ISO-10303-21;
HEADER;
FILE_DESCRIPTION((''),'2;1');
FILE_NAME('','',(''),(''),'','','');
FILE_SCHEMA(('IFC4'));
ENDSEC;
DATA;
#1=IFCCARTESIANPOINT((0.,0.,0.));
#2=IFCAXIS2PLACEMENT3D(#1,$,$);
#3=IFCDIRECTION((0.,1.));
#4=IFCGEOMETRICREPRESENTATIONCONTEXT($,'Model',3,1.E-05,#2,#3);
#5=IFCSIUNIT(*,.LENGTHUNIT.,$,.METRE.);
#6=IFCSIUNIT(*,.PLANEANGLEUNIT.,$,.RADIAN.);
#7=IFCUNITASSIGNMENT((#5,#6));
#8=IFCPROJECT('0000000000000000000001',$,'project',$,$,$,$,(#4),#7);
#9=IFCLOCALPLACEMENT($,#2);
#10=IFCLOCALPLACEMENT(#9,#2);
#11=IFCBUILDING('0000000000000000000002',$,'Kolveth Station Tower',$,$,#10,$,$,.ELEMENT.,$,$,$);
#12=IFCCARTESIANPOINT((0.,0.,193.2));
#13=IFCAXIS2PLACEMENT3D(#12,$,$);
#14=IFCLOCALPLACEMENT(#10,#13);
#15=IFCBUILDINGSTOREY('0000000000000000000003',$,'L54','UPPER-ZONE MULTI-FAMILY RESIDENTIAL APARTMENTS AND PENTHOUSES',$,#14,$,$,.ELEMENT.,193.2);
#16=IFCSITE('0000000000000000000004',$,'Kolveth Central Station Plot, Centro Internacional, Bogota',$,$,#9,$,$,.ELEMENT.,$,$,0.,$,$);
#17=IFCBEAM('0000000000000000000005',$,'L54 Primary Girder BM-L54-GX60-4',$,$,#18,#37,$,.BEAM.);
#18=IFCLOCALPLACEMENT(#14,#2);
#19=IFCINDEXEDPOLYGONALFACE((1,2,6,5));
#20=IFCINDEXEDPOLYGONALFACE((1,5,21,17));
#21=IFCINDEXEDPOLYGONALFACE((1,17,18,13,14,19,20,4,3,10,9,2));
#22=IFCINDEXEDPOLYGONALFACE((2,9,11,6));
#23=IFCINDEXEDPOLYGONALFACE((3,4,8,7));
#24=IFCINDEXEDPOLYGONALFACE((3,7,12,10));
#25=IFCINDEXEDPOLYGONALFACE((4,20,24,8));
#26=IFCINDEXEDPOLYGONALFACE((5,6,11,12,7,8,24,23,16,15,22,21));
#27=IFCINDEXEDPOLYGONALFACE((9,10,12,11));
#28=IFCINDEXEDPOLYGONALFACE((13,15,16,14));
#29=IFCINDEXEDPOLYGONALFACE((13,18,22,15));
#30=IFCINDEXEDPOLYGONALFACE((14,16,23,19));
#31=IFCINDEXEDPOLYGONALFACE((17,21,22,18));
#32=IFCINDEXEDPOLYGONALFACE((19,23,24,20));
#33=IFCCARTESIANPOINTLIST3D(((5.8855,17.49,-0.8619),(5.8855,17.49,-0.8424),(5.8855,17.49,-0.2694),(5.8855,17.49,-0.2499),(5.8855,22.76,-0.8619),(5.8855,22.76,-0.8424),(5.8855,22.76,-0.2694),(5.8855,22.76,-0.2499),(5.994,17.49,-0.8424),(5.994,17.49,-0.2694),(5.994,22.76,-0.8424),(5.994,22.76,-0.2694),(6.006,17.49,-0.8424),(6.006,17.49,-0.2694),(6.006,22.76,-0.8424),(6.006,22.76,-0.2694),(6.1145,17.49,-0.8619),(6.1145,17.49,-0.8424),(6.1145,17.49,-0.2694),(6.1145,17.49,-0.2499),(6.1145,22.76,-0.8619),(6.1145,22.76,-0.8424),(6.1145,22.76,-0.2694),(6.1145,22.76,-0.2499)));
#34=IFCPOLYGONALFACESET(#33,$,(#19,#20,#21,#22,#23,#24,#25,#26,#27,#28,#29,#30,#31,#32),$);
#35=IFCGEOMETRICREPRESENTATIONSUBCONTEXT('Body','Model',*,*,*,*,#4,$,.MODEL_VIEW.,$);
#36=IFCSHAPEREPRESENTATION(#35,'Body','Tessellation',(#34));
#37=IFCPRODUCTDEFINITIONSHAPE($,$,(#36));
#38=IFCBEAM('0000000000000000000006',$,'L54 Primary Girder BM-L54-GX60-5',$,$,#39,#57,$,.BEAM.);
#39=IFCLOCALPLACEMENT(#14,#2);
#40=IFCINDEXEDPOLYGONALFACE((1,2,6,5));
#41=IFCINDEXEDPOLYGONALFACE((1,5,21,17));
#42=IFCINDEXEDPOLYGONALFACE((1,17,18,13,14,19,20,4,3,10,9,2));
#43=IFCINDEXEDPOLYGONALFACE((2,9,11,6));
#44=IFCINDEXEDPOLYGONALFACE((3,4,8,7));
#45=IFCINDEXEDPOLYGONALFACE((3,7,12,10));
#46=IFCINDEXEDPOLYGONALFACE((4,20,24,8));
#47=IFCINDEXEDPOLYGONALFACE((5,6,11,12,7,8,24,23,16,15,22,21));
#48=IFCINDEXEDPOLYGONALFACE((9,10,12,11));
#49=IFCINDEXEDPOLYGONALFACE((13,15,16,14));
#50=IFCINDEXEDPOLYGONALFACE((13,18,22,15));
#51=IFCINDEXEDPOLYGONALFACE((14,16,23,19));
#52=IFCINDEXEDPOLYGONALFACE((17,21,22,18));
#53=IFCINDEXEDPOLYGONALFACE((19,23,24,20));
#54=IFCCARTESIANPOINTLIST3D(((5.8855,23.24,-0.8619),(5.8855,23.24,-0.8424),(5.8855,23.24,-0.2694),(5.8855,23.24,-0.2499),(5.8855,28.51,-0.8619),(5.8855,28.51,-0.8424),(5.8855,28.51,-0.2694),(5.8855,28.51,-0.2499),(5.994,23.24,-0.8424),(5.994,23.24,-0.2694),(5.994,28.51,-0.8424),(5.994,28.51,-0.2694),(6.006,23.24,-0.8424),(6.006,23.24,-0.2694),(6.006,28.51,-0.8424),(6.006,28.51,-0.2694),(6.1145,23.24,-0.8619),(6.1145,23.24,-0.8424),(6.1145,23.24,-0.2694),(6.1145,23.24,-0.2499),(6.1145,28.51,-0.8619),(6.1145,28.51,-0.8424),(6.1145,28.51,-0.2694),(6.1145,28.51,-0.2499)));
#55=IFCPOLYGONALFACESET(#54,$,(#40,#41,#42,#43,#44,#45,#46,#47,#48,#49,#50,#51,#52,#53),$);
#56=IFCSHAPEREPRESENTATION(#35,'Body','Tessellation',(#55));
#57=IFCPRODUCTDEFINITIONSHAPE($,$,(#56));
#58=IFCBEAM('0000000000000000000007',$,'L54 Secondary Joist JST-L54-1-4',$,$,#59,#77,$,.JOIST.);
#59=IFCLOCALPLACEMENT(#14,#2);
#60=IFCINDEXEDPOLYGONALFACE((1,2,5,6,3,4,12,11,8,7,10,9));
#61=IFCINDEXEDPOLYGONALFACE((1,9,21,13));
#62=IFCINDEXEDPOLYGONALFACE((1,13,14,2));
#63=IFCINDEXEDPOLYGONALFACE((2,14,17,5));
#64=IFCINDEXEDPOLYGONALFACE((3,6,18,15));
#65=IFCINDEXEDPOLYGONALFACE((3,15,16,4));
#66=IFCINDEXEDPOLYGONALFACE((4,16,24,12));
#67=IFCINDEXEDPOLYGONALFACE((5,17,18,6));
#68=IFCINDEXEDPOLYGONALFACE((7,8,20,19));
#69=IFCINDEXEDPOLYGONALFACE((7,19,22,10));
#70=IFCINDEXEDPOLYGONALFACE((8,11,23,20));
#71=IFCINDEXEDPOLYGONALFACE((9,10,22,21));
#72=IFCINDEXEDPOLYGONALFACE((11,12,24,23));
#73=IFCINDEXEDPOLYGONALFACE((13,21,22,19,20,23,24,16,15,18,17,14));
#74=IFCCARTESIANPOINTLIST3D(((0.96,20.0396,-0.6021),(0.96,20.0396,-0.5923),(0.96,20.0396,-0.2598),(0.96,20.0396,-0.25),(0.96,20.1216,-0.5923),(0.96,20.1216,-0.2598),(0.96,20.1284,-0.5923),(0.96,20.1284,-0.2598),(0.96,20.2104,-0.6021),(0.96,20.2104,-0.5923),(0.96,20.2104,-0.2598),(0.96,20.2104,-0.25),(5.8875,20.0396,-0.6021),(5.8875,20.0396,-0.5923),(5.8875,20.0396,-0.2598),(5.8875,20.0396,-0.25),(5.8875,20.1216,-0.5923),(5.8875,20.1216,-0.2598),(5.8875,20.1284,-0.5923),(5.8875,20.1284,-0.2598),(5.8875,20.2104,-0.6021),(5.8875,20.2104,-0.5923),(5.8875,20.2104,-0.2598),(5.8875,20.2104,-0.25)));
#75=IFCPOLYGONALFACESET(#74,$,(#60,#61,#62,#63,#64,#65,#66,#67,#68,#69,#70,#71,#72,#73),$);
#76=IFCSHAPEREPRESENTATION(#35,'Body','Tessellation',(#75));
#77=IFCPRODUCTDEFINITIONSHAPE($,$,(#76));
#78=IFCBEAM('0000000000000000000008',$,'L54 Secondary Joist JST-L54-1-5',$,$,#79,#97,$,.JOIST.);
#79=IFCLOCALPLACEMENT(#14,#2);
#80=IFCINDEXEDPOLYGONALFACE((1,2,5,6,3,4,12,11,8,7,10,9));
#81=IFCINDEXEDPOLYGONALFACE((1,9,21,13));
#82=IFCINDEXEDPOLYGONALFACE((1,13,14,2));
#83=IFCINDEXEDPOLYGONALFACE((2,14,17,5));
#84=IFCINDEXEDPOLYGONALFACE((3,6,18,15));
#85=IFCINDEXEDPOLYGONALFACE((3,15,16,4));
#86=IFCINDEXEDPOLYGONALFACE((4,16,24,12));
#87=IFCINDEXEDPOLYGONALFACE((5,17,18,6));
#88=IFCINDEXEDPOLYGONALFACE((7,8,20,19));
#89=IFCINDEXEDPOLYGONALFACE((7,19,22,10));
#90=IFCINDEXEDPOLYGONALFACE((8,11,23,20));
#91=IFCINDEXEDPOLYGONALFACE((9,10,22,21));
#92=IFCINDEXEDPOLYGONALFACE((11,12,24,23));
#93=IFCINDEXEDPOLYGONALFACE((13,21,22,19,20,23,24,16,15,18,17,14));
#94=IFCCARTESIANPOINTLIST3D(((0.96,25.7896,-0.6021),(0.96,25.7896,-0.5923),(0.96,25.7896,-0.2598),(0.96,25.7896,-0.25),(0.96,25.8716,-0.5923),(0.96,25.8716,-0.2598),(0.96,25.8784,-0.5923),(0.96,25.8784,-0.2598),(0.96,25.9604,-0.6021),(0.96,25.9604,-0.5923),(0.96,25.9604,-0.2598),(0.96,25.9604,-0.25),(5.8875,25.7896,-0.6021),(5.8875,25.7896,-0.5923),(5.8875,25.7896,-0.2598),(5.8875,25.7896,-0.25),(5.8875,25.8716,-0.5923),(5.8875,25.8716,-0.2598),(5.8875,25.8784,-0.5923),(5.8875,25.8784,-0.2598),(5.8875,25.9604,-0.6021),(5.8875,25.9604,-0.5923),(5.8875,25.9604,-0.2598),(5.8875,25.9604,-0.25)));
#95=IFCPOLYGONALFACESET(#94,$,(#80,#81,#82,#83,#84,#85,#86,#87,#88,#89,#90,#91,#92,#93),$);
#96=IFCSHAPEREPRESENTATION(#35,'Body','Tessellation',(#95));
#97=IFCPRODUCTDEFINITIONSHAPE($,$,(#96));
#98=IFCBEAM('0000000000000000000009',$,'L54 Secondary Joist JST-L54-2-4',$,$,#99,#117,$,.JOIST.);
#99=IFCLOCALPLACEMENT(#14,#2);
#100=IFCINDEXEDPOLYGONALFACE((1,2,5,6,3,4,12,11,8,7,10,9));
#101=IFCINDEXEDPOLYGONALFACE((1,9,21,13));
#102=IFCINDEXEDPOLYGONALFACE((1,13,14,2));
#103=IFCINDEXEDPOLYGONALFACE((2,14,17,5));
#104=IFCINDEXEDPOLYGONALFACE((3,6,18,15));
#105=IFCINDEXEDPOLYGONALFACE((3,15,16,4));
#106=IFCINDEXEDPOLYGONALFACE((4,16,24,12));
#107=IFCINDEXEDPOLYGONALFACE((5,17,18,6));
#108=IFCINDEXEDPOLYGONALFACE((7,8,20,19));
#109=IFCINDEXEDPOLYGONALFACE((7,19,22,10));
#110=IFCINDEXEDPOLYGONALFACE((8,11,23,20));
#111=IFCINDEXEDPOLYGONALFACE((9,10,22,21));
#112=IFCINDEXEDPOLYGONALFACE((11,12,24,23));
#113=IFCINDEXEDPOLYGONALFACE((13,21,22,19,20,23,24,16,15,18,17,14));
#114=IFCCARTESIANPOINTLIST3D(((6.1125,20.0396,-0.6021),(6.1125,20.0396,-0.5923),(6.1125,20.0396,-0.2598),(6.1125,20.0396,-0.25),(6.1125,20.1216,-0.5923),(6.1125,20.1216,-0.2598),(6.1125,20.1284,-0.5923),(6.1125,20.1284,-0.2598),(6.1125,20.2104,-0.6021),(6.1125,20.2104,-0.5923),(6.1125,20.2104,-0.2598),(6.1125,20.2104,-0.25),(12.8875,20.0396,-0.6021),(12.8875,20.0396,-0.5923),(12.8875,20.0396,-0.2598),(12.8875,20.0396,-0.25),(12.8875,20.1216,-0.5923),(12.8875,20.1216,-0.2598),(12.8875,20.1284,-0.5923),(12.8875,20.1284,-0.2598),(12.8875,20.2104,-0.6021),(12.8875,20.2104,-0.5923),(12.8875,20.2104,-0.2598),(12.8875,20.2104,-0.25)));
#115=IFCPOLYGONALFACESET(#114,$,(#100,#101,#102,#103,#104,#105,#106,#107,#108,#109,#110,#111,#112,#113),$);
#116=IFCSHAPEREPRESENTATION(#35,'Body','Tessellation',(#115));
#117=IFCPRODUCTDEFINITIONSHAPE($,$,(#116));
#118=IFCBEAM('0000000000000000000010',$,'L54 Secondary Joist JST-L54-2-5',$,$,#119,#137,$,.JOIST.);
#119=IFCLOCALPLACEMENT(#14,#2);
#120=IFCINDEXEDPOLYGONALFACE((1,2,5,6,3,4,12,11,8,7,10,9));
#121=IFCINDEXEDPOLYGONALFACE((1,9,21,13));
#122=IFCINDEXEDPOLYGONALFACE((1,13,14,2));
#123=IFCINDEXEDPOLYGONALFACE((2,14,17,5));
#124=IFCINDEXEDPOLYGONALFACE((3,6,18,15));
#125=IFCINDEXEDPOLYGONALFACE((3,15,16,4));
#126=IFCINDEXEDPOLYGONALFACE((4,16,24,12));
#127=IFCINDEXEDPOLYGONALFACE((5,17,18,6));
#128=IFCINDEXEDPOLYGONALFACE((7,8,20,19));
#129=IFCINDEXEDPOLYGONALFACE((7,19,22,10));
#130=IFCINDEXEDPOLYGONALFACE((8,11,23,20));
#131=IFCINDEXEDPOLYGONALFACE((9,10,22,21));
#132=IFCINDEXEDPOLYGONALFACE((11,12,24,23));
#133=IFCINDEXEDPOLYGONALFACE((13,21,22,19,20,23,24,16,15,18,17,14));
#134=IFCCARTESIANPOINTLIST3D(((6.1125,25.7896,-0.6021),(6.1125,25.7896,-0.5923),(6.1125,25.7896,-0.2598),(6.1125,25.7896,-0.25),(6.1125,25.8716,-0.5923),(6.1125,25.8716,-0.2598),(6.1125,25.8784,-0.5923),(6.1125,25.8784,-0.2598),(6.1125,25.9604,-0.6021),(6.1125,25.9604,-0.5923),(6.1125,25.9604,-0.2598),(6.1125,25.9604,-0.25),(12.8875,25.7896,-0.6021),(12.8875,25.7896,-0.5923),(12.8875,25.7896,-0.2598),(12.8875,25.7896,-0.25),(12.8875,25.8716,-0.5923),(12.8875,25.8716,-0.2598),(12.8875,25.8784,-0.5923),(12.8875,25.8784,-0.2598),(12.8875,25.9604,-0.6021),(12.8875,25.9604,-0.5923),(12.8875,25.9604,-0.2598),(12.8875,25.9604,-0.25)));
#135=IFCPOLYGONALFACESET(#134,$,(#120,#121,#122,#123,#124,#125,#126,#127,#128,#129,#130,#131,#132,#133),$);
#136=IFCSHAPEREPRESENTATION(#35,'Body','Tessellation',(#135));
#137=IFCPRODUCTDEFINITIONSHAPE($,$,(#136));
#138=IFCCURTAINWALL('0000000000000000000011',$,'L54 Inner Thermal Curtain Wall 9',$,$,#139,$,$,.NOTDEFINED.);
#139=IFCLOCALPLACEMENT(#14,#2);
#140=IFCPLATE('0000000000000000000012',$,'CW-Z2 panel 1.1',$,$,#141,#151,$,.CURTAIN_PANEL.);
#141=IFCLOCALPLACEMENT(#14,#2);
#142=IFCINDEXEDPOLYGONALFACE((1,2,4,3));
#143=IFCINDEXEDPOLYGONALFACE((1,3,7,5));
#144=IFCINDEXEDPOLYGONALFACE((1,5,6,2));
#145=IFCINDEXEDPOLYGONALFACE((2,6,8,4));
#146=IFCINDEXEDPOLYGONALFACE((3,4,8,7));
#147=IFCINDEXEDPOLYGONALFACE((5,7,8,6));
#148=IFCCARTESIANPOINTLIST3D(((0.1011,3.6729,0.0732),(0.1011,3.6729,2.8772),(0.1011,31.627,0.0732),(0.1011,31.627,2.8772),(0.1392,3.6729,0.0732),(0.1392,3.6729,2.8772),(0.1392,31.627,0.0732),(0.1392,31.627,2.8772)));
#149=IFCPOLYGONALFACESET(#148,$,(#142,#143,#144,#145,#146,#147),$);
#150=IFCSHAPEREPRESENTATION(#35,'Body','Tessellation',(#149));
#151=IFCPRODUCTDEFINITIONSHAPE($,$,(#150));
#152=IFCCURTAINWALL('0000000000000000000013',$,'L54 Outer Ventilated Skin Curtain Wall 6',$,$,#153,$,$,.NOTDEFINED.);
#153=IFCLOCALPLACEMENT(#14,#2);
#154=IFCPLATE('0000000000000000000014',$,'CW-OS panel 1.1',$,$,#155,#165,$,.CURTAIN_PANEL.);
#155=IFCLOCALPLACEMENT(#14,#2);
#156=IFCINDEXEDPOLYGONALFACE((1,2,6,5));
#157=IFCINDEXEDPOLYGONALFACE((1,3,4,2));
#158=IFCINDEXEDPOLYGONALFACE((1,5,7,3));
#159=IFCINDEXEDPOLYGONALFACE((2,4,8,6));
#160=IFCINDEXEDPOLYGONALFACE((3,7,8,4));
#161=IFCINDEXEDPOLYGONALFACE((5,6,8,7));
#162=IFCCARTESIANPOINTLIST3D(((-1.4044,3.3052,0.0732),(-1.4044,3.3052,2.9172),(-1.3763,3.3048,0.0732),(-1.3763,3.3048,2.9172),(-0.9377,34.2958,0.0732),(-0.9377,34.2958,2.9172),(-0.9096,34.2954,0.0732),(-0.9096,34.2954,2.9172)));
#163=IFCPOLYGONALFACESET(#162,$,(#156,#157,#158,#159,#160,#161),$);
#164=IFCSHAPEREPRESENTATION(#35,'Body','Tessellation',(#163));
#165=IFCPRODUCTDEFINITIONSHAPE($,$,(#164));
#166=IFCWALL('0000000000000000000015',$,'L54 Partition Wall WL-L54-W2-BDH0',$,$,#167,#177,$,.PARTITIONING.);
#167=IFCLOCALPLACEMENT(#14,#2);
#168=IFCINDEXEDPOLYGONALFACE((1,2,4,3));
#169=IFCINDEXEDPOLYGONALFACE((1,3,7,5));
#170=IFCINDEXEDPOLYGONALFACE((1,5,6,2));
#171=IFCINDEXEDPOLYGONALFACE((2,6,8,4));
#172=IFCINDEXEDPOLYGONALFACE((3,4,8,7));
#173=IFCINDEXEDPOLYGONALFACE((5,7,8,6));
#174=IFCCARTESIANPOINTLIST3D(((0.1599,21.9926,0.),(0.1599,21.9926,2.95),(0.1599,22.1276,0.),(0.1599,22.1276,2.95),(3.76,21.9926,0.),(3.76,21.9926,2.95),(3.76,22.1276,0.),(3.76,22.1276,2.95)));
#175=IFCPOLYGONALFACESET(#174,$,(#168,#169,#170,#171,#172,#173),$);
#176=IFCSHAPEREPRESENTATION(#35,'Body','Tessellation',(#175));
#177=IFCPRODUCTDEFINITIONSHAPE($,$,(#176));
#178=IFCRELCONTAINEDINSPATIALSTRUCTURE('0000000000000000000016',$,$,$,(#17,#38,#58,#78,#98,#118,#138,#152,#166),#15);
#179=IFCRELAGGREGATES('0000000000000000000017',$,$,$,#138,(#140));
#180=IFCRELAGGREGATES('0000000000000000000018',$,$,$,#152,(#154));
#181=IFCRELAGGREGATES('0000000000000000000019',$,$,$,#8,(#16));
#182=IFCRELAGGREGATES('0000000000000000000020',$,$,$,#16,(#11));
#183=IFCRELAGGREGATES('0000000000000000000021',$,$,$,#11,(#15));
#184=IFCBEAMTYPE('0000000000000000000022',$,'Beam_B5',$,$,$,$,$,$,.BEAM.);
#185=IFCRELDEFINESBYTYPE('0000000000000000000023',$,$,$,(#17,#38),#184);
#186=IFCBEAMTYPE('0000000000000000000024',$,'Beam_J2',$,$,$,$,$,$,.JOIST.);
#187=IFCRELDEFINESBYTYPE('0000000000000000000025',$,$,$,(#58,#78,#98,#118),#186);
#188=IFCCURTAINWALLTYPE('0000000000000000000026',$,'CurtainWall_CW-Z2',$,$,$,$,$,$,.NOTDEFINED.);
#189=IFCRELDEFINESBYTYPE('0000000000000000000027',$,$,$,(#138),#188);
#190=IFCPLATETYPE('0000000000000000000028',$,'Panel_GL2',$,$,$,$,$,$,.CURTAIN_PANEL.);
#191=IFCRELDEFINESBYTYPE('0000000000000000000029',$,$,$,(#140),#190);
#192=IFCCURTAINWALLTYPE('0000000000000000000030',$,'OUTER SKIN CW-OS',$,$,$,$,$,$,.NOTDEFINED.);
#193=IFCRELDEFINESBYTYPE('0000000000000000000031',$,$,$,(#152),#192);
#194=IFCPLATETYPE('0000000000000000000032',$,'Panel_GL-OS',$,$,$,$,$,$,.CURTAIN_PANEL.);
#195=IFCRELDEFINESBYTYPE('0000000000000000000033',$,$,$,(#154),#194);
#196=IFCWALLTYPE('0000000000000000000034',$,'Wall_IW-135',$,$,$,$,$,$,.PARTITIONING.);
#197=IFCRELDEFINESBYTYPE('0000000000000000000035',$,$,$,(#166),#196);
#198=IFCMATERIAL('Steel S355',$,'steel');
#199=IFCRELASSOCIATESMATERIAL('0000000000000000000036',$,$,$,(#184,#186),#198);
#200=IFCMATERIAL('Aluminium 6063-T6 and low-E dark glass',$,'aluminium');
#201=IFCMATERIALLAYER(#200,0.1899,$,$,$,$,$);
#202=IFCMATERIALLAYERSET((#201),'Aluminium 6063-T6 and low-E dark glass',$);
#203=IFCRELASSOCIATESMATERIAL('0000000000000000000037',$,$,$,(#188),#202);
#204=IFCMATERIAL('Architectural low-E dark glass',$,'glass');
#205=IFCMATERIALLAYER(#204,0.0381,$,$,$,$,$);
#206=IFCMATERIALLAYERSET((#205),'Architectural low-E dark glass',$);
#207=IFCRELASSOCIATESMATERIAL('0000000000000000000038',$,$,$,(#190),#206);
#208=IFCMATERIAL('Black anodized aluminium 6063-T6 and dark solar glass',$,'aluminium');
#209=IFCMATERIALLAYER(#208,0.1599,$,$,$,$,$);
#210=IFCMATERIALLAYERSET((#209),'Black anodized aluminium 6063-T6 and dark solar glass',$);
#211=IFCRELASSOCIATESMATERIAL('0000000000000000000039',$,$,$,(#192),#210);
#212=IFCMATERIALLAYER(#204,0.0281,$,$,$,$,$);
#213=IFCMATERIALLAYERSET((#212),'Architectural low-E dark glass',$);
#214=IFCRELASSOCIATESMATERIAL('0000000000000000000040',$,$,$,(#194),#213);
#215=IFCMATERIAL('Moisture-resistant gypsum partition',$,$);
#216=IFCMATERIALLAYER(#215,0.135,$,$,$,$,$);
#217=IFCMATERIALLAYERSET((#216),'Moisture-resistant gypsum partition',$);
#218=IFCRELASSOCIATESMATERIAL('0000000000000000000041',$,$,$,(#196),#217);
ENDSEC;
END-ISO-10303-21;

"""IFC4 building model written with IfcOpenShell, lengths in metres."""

from ifc_helpers import new_model, si_unit, direction, frame, frame_2d, origin, origin_2d, place, context, subcontext, project, spatial, rectangle, i_section, extrude, source, transform, mapped, material, layer, layer_set, material_profile, profile_set, type_object, element, aggregate, save


model = new_model("IFC4")

# Units and contexts
model_context = context("Model", 3, precision=1e-05, world=origin(), true_north=direction((0.0, 1.0)))
body_context = subcontext(model_context, "Body", "Model", "MODEL_VIEW")
ifc_project = project(units=[si_unit("LENGTHUNIT", "METRE"), si_unit("PLANEANGLEUNIT", "RADIAN")], contexts=[model_context])

# Site, building, storey
site_placement = place(None, origin())
site = spatial("IfcSite", under=ifc_project, at=site_placement, Name="Kolveth Central Station Plot, Centro Internacional, Bogota", CompositionType="ELEMENT", RefElevation=0.0)
building_placement = place(site_placement, origin())
building = spatial("IfcBuilding", under=site, at=building_placement, Name="Kolveth Station Tower", CompositionType="ELEMENT")
storey_placement = place(building_placement, frame((0.0, 0.0, 193.2)))
storey = spatial("IfcBuildingStorey", under=building, at=storey_placement, Name="L54", Description="UPPER-ZONE MULTI-FAMILY RESIDENTIAL APARTMENTS AND PENTHOUSES", CompositionType="ELEMENT", Elevation=193.2)

# Shared definitions
ifc_material_1 = material(Name="Steel S355", Category="steel")

# Beams
ifc_material_profile_1 = material_profile(ifc_material_1, i_section(OverallWidth=0.229, OverallDepth=0.6121, WebThickness=0.012, FlangeThickness=0.0195, at=origin_2d()), Name="W610x125")
ifc_profile_set_1 = profile_set([ifc_material_profile_1], Name="Steel S355")
beam_type_1 = type_object("IfcBeamType", Name="Beam_B5", PredefinedType="BEAM", material=ifc_profile_set_1)
shared_shape_1 = source(origin(), body_context, "Body", "SweptSolid", [
    extrude(i_section(OverallWidth=0.229, OverallDepth=0.6121, WebThickness=0.012, FlangeThickness=0.0195, at=origin_2d()), origin(), (0.0, 0.0, 1.0), 5.27),
])
for number, where, z_axis, x_axis, name in (
    (1, (6.0, 17.49, -0.5559), (0.0, 1.0, 0.0), (-1.0, 0.0, 0.0), "L54 Primary Girder BM-L54-GX60-4"),
    (2, (6.0, 23.24, -0.5559), (0.0, 1.0, 0.0), (-1.0, 0.0, 0.0), "L54 Primary Girder BM-L54-GX60-5"),
):
    element("IfcBeam", number, at=place(storey_placement, frame(where, z_axis=z_axis, x_axis=x_axis)), inside=storey, type_object=beam_type_1, Name=name, PredefinedType="BEAM", context=body_context, shape_type="MappedRepresentation", body=[
        mapped(shared_shape_1, transform((0.0, 0.0, 0.0), x_axis=(1.0, 0.0, 0.0), y_axis=(0.0, 1.0, 0.0), z_axis=(0.0, 0.0, 1.0), scale=1.0)),
    ])
ifc_material_profile_2 = material_profile(ifc_material_1, i_section(OverallWidth=0.1709, OverallDepth=0.3521, WebThickness=0.0068, FlangeThickness=0.0098, at=origin_2d()), Name="W360x44")
ifc_profile_set_2 = profile_set([ifc_material_profile_2], Name="Steel S355")
beam_type_2 = type_object("IfcBeamType", Name="Beam_J2", PredefinedType="JOIST", material=ifc_profile_set_2)
shared_shape_2 = source(origin(), body_context, "Body", "SweptSolid", [
    extrude(i_section(OverallWidth=0.1709, OverallDepth=0.3521, WebThickness=0.0068, FlangeThickness=0.0098, at=origin_2d()), origin(), (0.0, 0.0, 1.0), 4.9275),
])
for number, where, z_axis, x_axis, name in (
    (3, (0.96, 20.125, -0.426), (1.0, 0.0, 0.0), (0.0, 1.0, 0.0), "L54 Secondary Joist JST-L54-1-4"),
    (4, (0.96, 25.875, -0.426), (1.0, 0.0, 0.0), (0.0, 1.0, 0.0), "L54 Secondary Joist JST-L54-1-5"),
):
    element("IfcBeam", number, at=place(storey_placement, frame(where, z_axis=z_axis, x_axis=x_axis)), inside=storey, type_object=beam_type_2, Name=name, PredefinedType="JOIST", context=body_context, shape_type="MappedRepresentation", body=[
        mapped(shared_shape_2, transform((0.0, 0.0, 0.0), x_axis=(1.0, 0.0, 0.0), y_axis=(0.0, 1.0, 0.0), z_axis=(0.0, 0.0, 1.0), scale=1.0)),
    ])
shared_shape_3 = source(origin(), body_context, "Body", "SweptSolid", [
    extrude(i_section(OverallWidth=0.1709, OverallDepth=0.3521, WebThickness=0.0068, FlangeThickness=0.0098, at=origin_2d()), origin(), (0.0, 0.0, 1.0), 6.7749),
])
for number, where, z_axis, x_axis, name in (
    (5, (6.1125, 20.125, -0.426), (1.0, 0.0, 0.0), (0.0, 1.0, 0.0), "L54 Secondary Joist JST-L54-2-4"),
    (6, (6.1125, 25.875, -0.426), (1.0, 0.0, 0.0), (0.0, 1.0, 0.0), "L54 Secondary Joist JST-L54-2-5"),
):
    element("IfcBeam", number, at=place(storey_placement, frame(where, z_axis=z_axis, x_axis=x_axis)), inside=storey, type_object=beam_type_2, Name=name, PredefinedType="JOIST", context=body_context, shape_type="MappedRepresentation", body=[
        mapped(shared_shape_3, transform((0.0, 0.0, 0.0), x_axis=(1.0, 0.0, 0.0), y_axis=(0.0, 1.0, 0.0), z_axis=(0.0, 0.0, 1.0), scale=1.0)),
    ])

# Curtain walls, plates
ifc_material_2 = material(Name="Aluminium 6063-T6 and low-E dark glass", Category="aluminium")
ifc_layer_1 = layer(ifc_material_2, 0.1899)
ifc_layer_set_1 = layer_set([ifc_layer_1], Name="Aluminium 6063-T6 and low-E dark glass")
curtain_wall_type_1 = type_object("IfcCurtainWallType", Name="CurtainWall_CW-Z2", PredefinedType="NOTDEFINED", material=ifc_layer_set_1)
curtain_wall_1_placement = place(storey_placement, origin())
curtain_wall_1 = element("IfcCurtainWall", 7, at=curtain_wall_1_placement, inside=storey, type_object=curtain_wall_type_1, Name="L54 Inner Thermal Curtain Wall 9", PredefinedType="NOTDEFINED")
ifc_material_3 = material(Name="Architectural low-E dark glass", Category="glass")
ifc_layer_2 = layer(ifc_material_3, 0.0381)
ifc_layer_set_2 = layer_set([ifc_layer_2], Name="Architectural low-E dark glass")
plate_type_1 = type_object("IfcPlateType", Name="Panel_GL2", PredefinedType="CURTAIN_PANEL", material=ifc_layer_set_2)
shared_shape_4 = source(origin(), body_context, "Body", "SweptSolid", [
    extrude(rectangle(XDim=27.9541, YDim=0.0381, at=origin_2d()), origin(), (0.0, 0.0, 1.0), 2.804),
])
plate_1_placement = place(storey_placement, frame((0.1201, 17.6499, 0.0732), z_axis=(0.0, 0.0, 1.0), x_axis=(0.0, -1.0, 0.0)))
plate_1 = element("IfcPlate", 8, at=plate_1_placement, type_object=plate_type_1, Name="CW-Z2 panel 1.1", PredefinedType="CURTAIN_PANEL", context=body_context, shape_type="MappedRepresentation", body=[
    mapped(shared_shape_4, transform((0.0, 0.0, 0.0), x_axis=(1.0, 0.0, 0.0), y_axis=(0.0, 1.0, 0.0), z_axis=(0.0, 0.0, 1.0), scale=1.0)),
])
aggregate(curtain_wall_1, [plate_1])
ifc_material_4 = material(Name="Black anodized aluminium 6063-T6 and dark solar glass", Category="aluminium")
ifc_layer_3 = layer(ifc_material_4, 0.1599)
ifc_layer_set_3 = layer_set([ifc_layer_3], Name="Black anodized aluminium 6063-T6 and dark solar glass")
curtain_wall_type_2 = type_object("IfcCurtainWallType", Name="OUTER SKIN CW-OS", PredefinedType="NOTDEFINED", material=ifc_layer_set_3)
curtain_wall_2_placement = place(storey_placement, origin())
curtain_wall_2 = element("IfcCurtainWall", 9, at=curtain_wall_2_placement, inside=storey, type_object=curtain_wall_type_2, Name="L54 Outer Ventilated Skin Curtain Wall 6", PredefinedType="NOTDEFINED")
ifc_layer_4 = layer(ifc_material_3, 0.0281)
ifc_layer_set_4 = layer_set([ifc_layer_4], Name="Architectural low-E dark glass")
plate_type_2 = type_object("IfcPlateType", Name="Panel_GL-OS", PredefinedType="CURTAIN_PANEL", material=ifc_layer_set_4)
shared_shape_5 = source(origin(), body_context, "Body", "SweptSolid", [
    extrude(rectangle(XDim=30.9941, YDim=0.0281, at=origin_2d()), origin(), (0.0, 0.0, 1.0), 2.844),
])
plate_2_placement = place(storey_placement, frame((-1.157, 18.8003, 0.0732), z_axis=(0.0, 0.0, 1.0), x_axis=(-0.015058, -0.999887, 0.0)))
plate_2 = element("IfcPlate", 10, at=plate_2_placement, type_object=plate_type_2, Name="CW-OS panel 1.1", PredefinedType="CURTAIN_PANEL", context=body_context, shape_type="MappedRepresentation", body=[
    mapped(shared_shape_5, transform((0.0, 0.0, 0.0), x_axis=(1.0, 0.0, 0.0), y_axis=(0.0, 1.0, 0.0), z_axis=(0.0, 0.0, 1.0), scale=1.0)),
])
aggregate(curtain_wall_2, [plate_2])

# Wall
ifc_material_5 = material(Name="Moisture-resistant gypsum partition")
ifc_layer_5 = layer(ifc_material_5, 0.135)
ifc_layer_set_5 = layer_set([ifc_layer_5], Name="Moisture-resistant gypsum partition")
wall_type_1 = type_object("IfcWallType", Name="Wall_IW-135", PredefinedType="PARTITIONING", material=ifc_layer_set_5)
wall_1_placement = place(storey_placement, frame((0.1599, 22.0601, 0.0), z_axis=(0.0, 0.0, 1.0), x_axis=(1.0, 0.0, 0.0)))
element("IfcWall", 11, at=wall_1_placement, inside=storey, type_object=wall_type_1, Name="L54 Partition Wall WL-L54-W2-BDH0", PredefinedType="PARTITIONING", context=body_context, shape_type="SweptSolid", body=[
    extrude(rectangle(XDim=3.6001, YDim=0.135, at=frame_2d((1.8, 0.0))), origin(), (0.0, 0.0, 1.0), 2.95),
])

save(model, "model.ifc")
